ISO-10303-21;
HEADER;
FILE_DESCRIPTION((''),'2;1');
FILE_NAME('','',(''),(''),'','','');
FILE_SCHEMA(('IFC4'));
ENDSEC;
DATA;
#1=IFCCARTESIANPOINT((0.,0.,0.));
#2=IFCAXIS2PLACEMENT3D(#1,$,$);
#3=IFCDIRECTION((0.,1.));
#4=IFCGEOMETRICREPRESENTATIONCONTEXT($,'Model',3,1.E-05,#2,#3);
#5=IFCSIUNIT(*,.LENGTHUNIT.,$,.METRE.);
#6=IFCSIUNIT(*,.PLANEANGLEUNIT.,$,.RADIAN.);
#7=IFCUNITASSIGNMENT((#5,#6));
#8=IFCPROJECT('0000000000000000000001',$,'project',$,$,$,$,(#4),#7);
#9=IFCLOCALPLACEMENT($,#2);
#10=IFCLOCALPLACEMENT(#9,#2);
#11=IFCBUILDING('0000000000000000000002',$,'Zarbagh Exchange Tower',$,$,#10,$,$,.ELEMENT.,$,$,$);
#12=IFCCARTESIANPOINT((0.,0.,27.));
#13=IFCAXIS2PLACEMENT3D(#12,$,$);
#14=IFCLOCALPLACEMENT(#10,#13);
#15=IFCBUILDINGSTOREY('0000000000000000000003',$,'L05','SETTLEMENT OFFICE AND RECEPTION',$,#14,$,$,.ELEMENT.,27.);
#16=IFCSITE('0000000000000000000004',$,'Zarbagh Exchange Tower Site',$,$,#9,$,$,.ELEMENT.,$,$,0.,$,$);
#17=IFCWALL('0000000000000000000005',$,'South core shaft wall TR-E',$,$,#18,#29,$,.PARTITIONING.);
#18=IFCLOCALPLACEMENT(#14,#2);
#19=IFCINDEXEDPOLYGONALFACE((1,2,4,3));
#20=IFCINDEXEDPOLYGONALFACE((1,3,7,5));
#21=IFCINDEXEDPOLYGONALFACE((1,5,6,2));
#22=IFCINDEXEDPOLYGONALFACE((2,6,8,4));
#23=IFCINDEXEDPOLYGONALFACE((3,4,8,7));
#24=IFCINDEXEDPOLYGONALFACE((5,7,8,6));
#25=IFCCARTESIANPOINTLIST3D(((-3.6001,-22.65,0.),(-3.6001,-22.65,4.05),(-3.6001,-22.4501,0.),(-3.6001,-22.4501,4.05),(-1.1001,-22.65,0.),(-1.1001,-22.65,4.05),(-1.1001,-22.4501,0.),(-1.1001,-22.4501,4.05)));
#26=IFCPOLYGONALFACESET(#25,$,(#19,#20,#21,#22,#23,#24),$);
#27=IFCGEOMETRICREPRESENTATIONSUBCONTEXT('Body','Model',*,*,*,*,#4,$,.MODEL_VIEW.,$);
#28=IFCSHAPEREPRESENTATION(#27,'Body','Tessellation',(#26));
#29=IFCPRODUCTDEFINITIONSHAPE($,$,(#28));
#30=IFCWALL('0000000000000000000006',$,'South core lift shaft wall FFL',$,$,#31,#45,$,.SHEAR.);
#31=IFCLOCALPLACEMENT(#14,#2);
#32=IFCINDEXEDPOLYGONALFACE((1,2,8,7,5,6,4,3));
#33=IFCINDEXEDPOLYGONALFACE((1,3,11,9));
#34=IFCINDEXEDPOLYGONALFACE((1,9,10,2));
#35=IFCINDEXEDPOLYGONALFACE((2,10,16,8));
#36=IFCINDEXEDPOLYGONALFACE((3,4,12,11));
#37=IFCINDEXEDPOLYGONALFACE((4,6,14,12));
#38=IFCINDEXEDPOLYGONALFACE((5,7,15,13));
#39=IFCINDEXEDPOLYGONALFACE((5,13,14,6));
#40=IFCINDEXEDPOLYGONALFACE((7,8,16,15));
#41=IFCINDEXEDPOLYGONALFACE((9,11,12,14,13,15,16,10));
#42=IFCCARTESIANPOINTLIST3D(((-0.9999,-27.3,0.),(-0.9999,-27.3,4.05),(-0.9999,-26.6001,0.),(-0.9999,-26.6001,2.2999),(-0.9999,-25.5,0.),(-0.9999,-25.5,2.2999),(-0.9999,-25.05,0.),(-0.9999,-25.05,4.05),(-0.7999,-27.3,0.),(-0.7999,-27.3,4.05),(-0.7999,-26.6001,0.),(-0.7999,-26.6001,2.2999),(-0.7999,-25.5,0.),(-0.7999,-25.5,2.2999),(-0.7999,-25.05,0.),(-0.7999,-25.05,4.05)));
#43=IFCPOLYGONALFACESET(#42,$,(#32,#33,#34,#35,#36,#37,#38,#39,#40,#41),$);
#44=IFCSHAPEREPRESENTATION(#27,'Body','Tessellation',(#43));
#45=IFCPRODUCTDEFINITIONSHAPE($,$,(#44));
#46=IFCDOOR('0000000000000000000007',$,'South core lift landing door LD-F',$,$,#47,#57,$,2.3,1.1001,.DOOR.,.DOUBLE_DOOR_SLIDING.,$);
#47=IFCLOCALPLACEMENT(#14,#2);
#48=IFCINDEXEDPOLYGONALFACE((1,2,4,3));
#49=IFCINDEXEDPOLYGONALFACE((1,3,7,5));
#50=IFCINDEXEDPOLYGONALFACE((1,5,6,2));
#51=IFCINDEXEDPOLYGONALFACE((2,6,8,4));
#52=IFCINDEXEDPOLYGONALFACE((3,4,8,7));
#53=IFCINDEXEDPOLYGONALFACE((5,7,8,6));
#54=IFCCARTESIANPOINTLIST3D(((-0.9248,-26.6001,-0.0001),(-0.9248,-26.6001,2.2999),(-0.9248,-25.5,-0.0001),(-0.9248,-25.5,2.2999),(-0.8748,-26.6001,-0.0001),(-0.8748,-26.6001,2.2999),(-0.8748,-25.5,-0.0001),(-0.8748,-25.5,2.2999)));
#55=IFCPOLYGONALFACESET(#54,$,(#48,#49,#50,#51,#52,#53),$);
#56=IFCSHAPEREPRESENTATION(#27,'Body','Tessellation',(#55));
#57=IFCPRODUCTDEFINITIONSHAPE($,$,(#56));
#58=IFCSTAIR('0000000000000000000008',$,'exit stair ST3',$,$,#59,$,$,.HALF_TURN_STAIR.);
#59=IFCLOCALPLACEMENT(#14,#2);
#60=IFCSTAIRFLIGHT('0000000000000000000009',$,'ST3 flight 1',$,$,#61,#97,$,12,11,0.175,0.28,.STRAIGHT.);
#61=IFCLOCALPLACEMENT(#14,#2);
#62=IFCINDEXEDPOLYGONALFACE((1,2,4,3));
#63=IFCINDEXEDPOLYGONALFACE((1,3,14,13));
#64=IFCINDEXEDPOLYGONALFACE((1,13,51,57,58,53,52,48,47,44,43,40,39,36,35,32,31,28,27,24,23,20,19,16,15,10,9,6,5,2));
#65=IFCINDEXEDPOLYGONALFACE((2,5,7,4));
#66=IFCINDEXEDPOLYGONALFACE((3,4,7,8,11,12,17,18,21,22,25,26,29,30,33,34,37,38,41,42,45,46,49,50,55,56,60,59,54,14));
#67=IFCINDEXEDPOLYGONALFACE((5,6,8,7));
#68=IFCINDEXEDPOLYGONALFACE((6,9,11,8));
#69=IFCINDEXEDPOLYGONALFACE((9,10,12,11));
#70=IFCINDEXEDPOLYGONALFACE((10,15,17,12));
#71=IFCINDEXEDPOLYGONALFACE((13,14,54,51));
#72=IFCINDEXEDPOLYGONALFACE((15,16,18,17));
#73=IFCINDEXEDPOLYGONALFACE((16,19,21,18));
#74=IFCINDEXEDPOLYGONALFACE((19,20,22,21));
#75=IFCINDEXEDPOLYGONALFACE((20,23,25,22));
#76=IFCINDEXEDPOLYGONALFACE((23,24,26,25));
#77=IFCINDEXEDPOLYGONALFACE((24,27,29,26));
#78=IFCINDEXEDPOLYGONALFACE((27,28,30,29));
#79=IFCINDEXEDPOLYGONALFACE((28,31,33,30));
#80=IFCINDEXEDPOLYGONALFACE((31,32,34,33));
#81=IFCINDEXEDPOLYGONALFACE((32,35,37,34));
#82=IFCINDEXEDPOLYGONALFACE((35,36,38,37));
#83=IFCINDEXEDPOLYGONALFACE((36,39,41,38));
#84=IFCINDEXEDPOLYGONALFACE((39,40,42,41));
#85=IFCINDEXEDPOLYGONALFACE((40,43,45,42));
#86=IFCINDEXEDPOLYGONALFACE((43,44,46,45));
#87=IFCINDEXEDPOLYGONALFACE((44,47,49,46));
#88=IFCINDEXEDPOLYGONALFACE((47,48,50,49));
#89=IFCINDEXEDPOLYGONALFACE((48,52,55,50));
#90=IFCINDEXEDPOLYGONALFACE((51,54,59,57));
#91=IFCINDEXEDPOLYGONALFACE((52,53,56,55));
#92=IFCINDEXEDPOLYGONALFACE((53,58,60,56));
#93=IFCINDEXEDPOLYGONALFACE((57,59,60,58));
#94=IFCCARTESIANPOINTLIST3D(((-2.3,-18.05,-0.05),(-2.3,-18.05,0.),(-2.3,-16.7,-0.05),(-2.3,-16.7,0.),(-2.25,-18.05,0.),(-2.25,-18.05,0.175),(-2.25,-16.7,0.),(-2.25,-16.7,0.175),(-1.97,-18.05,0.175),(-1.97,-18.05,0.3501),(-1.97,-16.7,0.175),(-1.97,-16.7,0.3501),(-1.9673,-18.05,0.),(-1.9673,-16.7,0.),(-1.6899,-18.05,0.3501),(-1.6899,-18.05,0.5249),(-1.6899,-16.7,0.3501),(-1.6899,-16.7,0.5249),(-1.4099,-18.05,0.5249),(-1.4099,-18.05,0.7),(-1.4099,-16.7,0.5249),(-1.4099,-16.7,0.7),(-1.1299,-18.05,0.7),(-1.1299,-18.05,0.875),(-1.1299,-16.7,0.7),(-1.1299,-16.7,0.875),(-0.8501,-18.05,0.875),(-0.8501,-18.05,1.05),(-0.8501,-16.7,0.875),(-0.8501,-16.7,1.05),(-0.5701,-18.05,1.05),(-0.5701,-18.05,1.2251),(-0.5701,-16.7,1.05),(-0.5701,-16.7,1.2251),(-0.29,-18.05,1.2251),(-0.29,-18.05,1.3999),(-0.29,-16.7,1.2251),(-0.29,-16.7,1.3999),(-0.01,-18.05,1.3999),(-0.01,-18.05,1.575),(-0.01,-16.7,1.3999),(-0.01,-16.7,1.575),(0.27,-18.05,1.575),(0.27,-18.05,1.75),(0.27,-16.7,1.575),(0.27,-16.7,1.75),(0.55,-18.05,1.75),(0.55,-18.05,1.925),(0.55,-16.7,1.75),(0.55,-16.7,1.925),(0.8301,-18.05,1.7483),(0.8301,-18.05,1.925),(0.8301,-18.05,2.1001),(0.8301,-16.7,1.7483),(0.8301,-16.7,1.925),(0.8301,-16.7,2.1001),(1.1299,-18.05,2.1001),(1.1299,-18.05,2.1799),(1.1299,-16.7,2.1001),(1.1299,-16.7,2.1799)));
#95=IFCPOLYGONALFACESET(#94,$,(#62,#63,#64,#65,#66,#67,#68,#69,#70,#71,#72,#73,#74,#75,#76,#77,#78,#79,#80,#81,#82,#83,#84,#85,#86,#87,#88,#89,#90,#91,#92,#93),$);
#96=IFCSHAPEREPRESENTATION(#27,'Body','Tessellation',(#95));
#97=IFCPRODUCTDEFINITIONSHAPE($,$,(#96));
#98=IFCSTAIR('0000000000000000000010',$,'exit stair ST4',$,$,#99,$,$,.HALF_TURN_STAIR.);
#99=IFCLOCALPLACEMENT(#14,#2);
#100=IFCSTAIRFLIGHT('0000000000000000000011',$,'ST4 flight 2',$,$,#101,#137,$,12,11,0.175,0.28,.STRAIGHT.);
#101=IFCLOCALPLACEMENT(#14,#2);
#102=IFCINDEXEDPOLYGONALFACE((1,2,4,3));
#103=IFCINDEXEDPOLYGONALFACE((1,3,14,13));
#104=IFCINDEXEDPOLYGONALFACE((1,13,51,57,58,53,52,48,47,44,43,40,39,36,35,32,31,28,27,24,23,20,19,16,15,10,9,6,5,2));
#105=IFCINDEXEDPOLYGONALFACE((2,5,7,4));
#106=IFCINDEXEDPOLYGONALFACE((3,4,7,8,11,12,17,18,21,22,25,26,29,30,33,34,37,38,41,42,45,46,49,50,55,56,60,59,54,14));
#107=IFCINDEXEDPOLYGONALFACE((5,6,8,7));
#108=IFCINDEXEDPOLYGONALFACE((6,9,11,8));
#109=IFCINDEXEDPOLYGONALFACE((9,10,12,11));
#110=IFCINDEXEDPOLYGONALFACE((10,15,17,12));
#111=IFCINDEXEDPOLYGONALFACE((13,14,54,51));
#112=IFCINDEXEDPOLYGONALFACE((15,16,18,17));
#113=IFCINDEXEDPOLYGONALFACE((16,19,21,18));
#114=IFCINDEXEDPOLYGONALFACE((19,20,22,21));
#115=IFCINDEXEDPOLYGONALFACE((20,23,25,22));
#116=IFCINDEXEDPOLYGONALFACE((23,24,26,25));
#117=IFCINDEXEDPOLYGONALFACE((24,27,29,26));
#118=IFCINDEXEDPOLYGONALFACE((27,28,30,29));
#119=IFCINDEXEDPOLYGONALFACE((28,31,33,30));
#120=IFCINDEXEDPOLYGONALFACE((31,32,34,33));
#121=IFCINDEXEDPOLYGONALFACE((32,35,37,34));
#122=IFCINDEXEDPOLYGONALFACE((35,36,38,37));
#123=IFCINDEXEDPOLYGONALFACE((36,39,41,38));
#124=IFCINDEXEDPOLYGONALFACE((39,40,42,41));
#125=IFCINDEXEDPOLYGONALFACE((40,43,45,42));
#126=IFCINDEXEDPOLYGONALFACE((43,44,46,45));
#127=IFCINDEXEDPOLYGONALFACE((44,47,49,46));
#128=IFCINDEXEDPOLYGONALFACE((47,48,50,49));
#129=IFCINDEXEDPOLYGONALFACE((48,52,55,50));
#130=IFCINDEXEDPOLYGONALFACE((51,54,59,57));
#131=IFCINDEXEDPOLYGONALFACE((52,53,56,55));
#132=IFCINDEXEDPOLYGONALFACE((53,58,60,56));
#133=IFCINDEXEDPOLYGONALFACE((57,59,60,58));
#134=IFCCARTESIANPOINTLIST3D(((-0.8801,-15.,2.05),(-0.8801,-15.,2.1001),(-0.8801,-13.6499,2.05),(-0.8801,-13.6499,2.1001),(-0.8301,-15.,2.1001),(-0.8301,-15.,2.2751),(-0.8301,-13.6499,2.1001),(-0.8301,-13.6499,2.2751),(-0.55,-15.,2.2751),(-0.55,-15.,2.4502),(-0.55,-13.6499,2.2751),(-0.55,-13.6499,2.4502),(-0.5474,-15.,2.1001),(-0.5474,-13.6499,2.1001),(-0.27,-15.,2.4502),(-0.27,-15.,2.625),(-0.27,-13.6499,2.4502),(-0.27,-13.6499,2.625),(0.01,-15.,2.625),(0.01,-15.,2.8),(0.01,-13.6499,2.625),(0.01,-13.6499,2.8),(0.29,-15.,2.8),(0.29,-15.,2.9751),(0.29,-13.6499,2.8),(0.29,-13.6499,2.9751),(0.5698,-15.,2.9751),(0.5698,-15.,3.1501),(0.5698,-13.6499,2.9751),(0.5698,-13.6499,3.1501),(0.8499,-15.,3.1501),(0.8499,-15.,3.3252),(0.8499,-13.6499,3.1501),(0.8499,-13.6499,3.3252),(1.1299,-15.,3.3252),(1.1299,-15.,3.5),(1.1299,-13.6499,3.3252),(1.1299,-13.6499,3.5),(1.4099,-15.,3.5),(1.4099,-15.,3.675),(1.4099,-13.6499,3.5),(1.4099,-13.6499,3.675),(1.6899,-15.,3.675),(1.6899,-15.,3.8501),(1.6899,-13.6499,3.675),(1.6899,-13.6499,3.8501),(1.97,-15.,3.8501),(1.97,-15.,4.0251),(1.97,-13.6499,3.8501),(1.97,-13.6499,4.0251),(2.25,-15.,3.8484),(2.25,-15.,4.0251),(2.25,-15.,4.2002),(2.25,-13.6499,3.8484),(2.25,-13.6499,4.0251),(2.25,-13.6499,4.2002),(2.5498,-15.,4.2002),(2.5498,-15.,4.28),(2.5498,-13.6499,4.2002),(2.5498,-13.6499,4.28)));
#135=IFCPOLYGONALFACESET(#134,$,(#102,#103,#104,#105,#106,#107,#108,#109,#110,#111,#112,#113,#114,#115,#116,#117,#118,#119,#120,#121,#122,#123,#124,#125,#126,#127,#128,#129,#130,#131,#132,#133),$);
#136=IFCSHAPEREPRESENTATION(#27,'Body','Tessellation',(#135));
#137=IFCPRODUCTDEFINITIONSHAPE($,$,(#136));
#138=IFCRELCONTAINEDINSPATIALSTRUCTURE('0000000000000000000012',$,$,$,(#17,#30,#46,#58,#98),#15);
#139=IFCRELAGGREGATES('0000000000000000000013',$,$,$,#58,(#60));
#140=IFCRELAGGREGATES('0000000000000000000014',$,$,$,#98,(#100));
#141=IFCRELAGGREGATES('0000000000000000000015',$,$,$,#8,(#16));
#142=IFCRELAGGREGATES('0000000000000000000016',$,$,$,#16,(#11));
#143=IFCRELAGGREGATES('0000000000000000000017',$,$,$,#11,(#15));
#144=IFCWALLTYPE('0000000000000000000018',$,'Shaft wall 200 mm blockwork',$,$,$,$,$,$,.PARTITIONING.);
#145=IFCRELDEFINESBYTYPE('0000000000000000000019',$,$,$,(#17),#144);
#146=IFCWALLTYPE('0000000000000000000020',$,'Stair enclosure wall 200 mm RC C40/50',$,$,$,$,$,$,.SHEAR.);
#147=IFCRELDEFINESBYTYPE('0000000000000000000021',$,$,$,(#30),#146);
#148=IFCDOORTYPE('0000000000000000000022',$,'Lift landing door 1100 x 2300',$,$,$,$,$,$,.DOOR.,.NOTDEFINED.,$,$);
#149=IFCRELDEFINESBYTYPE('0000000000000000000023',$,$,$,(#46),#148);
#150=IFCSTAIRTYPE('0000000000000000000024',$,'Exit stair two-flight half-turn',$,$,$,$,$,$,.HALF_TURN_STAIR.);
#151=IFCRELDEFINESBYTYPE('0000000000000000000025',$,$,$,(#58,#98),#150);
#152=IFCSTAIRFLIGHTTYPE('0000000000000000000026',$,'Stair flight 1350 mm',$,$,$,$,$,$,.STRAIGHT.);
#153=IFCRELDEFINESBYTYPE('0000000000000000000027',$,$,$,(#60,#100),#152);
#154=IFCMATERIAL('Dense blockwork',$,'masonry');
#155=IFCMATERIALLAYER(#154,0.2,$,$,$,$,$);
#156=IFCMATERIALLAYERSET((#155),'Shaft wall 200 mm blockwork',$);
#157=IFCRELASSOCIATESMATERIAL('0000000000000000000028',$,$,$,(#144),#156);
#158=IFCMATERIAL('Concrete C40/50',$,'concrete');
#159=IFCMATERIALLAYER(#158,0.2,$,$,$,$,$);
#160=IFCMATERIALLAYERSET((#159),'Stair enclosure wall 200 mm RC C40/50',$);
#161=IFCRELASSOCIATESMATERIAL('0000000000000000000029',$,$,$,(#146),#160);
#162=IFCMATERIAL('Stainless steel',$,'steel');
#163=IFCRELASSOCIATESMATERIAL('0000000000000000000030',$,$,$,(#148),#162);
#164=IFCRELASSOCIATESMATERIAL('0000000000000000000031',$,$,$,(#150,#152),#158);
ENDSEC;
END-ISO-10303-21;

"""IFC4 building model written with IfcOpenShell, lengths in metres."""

from ifc_helpers import new_model, si_unit, direction, frame, frame_2d, origin, place, context, subcontext, project, spatial, polyline, rectangle, outline, extrude, material, layer, layer_set, type_object, element, fill, aggregate, save


model = new_model("IFC4")

# Units and contexts
model_context = context("Model", 3, precision=1e-05, world=origin(), true_north=direction((0.0, 1.0)))
body_context = subcontext(model_context, "Body", "Model", "MODEL_VIEW")
ifc_project = project(units=[si_unit("LENGTHUNIT", "METRE"), si_unit("PLANEANGLEUNIT", "RADIAN")], contexts=[model_context])

# Site, building, storey
site_placement = place(None, origin())
site = spatial("IfcSite", under=ifc_project, at=site_placement, Name="Zarbagh Exchange Tower Site", CompositionType="ELEMENT", RefElevation=0.0)
building_placement = place(site_placement, origin())
building = spatial("IfcBuilding", under=site, at=building_placement, Name="Zarbagh Exchange Tower", CompositionType="ELEMENT")
storey_placement = place(building_placement, frame((0.0, 0.0, 27.0)))
storey = spatial("IfcBuildingStorey", under=building, at=storey_placement, Name="L05", Description="SETTLEMENT OFFICE AND RECEPTION", CompositionType="ELEMENT", Elevation=27.0)

# Wall
ifc_material_1 = material(Name="Dense blockwork", Category="masonry")
ifc_layer_1 = layer(ifc_material_1, 0.2)
ifc_layer_set_1 = layer_set([ifc_layer_1], Name="Shaft wall 200 mm blockwork")
wall_type_1 = type_object("IfcWallType", Name="Shaft wall 200 mm blockwork", PredefinedType="PARTITIONING", material=ifc_layer_set_1)
wall_1_placement = place(storey_placement, frame((-1.1001, -22.55, 0.0), z_axis=(0.0, 0.0, 1.0), x_axis=(-1.0, 0.0, 0.0)))
element("IfcWall", 1, at=wall_1_placement, inside=storey, type_object=wall_type_1, Name="South core shaft wall TR-E", PredefinedType="PARTITIONING", context=body_context, shape_type="SweptSolid", body=[
    extrude(rectangle(XDim=2.5, YDim=0.2, at=frame_2d((1.25, 0.0))), origin(), (0.0, 0.0, 1.0), 4.05),
])

# Wall, opening, door
ifc_material_2 = material(Name="Concrete C40/50", Category="concrete")
ifc_layer_2 = layer(ifc_material_2, 0.2)
ifc_layer_set_2 = layer_set([ifc_layer_2], Name="Stair enclosure wall 200 mm RC C40/50")
wall_type_2 = type_object("IfcWallType", Name="Stair enclosure wall 200 mm RC C40/50", PredefinedType="SHEAR", material=ifc_layer_set_2)
wall_2_placement = place(storey_placement, frame((-0.8999, -27.3, 0.0), z_axis=(0.0, 0.0, 1.0), x_axis=(0.0, 1.0, 0.0)))
wall_2 = element("IfcWall", 2, at=wall_2_placement, inside=storey, type_object=wall_type_2, Name="South core lift shaft wall FFL", PredefinedType="SHEAR", context=body_context, shape_type="SweptSolid", body=[
    extrude(rectangle(XDim=2.25, YDim=0.2, at=frame_2d((1.125, 0.0))), origin(), (0.0, 0.0, 1.0), 4.05),
])
opening_placement = place(wall_2_placement, frame((0.7, 0.0, 0.0)))
opening = element("IfcOpeningElement", 3, at=opening_placement, cuts=wall_2, PredefinedType="OPENING", context=body_context, shape_type="SweptSolid", body=[
    extrude(rectangle(XDim=1.1001, YDim=2.3, at=frame_2d((0.55, 1.1499))), frame((0.0, 0.1099, 0.0), z_axis=(0.0, -1.0, 0.0), x_axis=(1.0, 0.0, 0.0)), (0.0, 0.0, 1.0), 0.22),
])
ifc_material_3 = material(Name="Stainless steel", Category="steel")
door_type = type_object("IfcDoorType", Name="Lift landing door 1100 x 2300", OperationType="NOTDEFINED", PredefinedType="DOOR", material=ifc_material_3)
door_placement = place(opening_placement, origin())
door = element("IfcDoor", 4, at=door_placement, inside=storey, type_object=door_type, Name="South core lift landing door LD-F", OperationType="DOUBLE_DOOR_SLIDING", OverallHeight=2.3, OverallWidth=1.1001, PredefinedType="DOOR", context=body_context, shape_type="SweptSolid", body=[
    extrude(rectangle(XDim=1.1001, YDim=2.3, at=frame_2d((0.55, 1.1499))), frame((0.0, 0.0249, 0.0), z_axis=(0.0, -1.0, 0.0), x_axis=(1.0, 0.0, 0.0)), (0.0, 0.0, 1.0), 0.05),
])
fill(opening, door)

# Stairs, stair flights
stair_type = type_object("IfcStairType", Name="Exit stair two-flight half-turn", PredefinedType="HALF_TURN_STAIR", material=ifc_material_2)
stair_1_placement = place(storey_placement, origin())
stair_1 = element("IfcStair", 5, at=stair_1_placement, inside=storey, type_object=stair_type, Name="exit stair ST3", PredefinedType="HALF_TURN_STAIR")
stair_flight_type = type_object("IfcStairFlightType", Name="Stair flight 1350 mm", PredefinedType="STRAIGHT", material=ifc_material_2)
stair_flight_1_placement = place(storey_placement, frame((-2.25, -17.375, 0.0), z_axis=(0.0, 0.0, 1.0), x_axis=(1.0, 0.0, 0.0)))
stair_flight_1 = element("IfcStairFlight", 6, at=stair_flight_1_placement, type_object=stair_flight_type, Name="ST3 flight 1", NumberOfRisers=12, NumberOfTreads=11, PredefinedType="STRAIGHT", RiserHeight=0.175, TreadLength=0.28, context=body_context, shape_type="SweptSolid", body=[
    extrude(outline(polyline([(-0.05, -0.05), (-0.05, 0.0), (0.0, 0.0), (0.0, 0.175), (0.28, 0.175), (0.28, 0.3501), (0.5601, 0.3501), (0.5601, 0.5249), (0.8401, 0.5249), (0.8401, 0.7), (1.1201, 0.7), (1.1201, 0.875), (1.3999, 0.875), (1.3999, 1.05), (1.6799, 1.05), (1.6799, 1.2251), (1.96, 1.2251), (1.96, 1.3999), (2.24, 1.3999), (2.24, 1.575), (2.52, 1.575), (2.52, 1.75), (2.8, 1.75), (2.8, 1.925), (3.0801, 1.925), (3.0801, 2.1001), (3.3799, 2.1799), (3.3799, 2.1001), (3.0801, 1.7483), (0.2827, 0.0), (-0.05, -0.05)])), frame((0.0, 0.675, 0.0), z_axis=(0.0, -1.0, 0.0), x_axis=(1.0, 0.0, 0.0)), (0.0, 0.0, 1.0), 1.3501),
])
aggregate(stair_1, [stair_flight_1])
stair_2_placement = place(storey_placement, origin())
stair_2 = element("IfcStair", 7, at=stair_2_placement, inside=storey, type_object=stair_type, Name="exit stair ST4", PredefinedType="HALF_TURN_STAIR")
stair_flight_2_placement = place(storey_placement, frame((-0.8301, -14.325, 2.1001), z_axis=(0.0, 0.0, 1.0), x_axis=(1.0, 0.0, 0.0)))
stair_flight_2 = element("IfcStairFlight", 8, at=stair_flight_2_placement, type_object=stair_flight_type, Name="ST4 flight 2", NumberOfRisers=12, NumberOfTreads=11, PredefinedType="STRAIGHT", RiserHeight=0.175, TreadLength=0.28, context=body_context, shape_type="SweptSolid", body=[
    extrude(outline(polyline([(-0.05, -0.05), (-0.05, 0.0), (0.0, 0.0), (0.0, 0.175), (0.28, 0.175), (0.28, 0.3501), (0.5601, 0.3501), (0.5601, 0.5249), (0.8401, 0.5249), (0.8401, 0.7), (1.1201, 0.7), (1.1201, 0.875), (1.3999, 0.875), (1.3999, 1.05), (1.6799, 1.05), (1.6799, 1.2251), (1.96, 1.2251), (1.96, 1.3999), (2.24, 1.3999), (2.24, 1.575), (2.52, 1.575), (2.52, 1.75), (2.8, 1.75), (2.8, 1.925), (3.0801, 1.925), (3.0801, 2.1001), (3.3799, 2.1799), (3.3799, 2.1001), (3.0801, 1.7483), (0.2827, 0.0), (-0.05, -0.05)])), frame((0.0, 0.675, 0.0), z_axis=(0.0, -1.0, 0.0), x_axis=(1.0, 0.0, 0.0)), (0.0, 0.0, 1.0), 1.3501),
])
aggregate(stair_2, [stair_flight_2])

save(model, "model.ifc")
